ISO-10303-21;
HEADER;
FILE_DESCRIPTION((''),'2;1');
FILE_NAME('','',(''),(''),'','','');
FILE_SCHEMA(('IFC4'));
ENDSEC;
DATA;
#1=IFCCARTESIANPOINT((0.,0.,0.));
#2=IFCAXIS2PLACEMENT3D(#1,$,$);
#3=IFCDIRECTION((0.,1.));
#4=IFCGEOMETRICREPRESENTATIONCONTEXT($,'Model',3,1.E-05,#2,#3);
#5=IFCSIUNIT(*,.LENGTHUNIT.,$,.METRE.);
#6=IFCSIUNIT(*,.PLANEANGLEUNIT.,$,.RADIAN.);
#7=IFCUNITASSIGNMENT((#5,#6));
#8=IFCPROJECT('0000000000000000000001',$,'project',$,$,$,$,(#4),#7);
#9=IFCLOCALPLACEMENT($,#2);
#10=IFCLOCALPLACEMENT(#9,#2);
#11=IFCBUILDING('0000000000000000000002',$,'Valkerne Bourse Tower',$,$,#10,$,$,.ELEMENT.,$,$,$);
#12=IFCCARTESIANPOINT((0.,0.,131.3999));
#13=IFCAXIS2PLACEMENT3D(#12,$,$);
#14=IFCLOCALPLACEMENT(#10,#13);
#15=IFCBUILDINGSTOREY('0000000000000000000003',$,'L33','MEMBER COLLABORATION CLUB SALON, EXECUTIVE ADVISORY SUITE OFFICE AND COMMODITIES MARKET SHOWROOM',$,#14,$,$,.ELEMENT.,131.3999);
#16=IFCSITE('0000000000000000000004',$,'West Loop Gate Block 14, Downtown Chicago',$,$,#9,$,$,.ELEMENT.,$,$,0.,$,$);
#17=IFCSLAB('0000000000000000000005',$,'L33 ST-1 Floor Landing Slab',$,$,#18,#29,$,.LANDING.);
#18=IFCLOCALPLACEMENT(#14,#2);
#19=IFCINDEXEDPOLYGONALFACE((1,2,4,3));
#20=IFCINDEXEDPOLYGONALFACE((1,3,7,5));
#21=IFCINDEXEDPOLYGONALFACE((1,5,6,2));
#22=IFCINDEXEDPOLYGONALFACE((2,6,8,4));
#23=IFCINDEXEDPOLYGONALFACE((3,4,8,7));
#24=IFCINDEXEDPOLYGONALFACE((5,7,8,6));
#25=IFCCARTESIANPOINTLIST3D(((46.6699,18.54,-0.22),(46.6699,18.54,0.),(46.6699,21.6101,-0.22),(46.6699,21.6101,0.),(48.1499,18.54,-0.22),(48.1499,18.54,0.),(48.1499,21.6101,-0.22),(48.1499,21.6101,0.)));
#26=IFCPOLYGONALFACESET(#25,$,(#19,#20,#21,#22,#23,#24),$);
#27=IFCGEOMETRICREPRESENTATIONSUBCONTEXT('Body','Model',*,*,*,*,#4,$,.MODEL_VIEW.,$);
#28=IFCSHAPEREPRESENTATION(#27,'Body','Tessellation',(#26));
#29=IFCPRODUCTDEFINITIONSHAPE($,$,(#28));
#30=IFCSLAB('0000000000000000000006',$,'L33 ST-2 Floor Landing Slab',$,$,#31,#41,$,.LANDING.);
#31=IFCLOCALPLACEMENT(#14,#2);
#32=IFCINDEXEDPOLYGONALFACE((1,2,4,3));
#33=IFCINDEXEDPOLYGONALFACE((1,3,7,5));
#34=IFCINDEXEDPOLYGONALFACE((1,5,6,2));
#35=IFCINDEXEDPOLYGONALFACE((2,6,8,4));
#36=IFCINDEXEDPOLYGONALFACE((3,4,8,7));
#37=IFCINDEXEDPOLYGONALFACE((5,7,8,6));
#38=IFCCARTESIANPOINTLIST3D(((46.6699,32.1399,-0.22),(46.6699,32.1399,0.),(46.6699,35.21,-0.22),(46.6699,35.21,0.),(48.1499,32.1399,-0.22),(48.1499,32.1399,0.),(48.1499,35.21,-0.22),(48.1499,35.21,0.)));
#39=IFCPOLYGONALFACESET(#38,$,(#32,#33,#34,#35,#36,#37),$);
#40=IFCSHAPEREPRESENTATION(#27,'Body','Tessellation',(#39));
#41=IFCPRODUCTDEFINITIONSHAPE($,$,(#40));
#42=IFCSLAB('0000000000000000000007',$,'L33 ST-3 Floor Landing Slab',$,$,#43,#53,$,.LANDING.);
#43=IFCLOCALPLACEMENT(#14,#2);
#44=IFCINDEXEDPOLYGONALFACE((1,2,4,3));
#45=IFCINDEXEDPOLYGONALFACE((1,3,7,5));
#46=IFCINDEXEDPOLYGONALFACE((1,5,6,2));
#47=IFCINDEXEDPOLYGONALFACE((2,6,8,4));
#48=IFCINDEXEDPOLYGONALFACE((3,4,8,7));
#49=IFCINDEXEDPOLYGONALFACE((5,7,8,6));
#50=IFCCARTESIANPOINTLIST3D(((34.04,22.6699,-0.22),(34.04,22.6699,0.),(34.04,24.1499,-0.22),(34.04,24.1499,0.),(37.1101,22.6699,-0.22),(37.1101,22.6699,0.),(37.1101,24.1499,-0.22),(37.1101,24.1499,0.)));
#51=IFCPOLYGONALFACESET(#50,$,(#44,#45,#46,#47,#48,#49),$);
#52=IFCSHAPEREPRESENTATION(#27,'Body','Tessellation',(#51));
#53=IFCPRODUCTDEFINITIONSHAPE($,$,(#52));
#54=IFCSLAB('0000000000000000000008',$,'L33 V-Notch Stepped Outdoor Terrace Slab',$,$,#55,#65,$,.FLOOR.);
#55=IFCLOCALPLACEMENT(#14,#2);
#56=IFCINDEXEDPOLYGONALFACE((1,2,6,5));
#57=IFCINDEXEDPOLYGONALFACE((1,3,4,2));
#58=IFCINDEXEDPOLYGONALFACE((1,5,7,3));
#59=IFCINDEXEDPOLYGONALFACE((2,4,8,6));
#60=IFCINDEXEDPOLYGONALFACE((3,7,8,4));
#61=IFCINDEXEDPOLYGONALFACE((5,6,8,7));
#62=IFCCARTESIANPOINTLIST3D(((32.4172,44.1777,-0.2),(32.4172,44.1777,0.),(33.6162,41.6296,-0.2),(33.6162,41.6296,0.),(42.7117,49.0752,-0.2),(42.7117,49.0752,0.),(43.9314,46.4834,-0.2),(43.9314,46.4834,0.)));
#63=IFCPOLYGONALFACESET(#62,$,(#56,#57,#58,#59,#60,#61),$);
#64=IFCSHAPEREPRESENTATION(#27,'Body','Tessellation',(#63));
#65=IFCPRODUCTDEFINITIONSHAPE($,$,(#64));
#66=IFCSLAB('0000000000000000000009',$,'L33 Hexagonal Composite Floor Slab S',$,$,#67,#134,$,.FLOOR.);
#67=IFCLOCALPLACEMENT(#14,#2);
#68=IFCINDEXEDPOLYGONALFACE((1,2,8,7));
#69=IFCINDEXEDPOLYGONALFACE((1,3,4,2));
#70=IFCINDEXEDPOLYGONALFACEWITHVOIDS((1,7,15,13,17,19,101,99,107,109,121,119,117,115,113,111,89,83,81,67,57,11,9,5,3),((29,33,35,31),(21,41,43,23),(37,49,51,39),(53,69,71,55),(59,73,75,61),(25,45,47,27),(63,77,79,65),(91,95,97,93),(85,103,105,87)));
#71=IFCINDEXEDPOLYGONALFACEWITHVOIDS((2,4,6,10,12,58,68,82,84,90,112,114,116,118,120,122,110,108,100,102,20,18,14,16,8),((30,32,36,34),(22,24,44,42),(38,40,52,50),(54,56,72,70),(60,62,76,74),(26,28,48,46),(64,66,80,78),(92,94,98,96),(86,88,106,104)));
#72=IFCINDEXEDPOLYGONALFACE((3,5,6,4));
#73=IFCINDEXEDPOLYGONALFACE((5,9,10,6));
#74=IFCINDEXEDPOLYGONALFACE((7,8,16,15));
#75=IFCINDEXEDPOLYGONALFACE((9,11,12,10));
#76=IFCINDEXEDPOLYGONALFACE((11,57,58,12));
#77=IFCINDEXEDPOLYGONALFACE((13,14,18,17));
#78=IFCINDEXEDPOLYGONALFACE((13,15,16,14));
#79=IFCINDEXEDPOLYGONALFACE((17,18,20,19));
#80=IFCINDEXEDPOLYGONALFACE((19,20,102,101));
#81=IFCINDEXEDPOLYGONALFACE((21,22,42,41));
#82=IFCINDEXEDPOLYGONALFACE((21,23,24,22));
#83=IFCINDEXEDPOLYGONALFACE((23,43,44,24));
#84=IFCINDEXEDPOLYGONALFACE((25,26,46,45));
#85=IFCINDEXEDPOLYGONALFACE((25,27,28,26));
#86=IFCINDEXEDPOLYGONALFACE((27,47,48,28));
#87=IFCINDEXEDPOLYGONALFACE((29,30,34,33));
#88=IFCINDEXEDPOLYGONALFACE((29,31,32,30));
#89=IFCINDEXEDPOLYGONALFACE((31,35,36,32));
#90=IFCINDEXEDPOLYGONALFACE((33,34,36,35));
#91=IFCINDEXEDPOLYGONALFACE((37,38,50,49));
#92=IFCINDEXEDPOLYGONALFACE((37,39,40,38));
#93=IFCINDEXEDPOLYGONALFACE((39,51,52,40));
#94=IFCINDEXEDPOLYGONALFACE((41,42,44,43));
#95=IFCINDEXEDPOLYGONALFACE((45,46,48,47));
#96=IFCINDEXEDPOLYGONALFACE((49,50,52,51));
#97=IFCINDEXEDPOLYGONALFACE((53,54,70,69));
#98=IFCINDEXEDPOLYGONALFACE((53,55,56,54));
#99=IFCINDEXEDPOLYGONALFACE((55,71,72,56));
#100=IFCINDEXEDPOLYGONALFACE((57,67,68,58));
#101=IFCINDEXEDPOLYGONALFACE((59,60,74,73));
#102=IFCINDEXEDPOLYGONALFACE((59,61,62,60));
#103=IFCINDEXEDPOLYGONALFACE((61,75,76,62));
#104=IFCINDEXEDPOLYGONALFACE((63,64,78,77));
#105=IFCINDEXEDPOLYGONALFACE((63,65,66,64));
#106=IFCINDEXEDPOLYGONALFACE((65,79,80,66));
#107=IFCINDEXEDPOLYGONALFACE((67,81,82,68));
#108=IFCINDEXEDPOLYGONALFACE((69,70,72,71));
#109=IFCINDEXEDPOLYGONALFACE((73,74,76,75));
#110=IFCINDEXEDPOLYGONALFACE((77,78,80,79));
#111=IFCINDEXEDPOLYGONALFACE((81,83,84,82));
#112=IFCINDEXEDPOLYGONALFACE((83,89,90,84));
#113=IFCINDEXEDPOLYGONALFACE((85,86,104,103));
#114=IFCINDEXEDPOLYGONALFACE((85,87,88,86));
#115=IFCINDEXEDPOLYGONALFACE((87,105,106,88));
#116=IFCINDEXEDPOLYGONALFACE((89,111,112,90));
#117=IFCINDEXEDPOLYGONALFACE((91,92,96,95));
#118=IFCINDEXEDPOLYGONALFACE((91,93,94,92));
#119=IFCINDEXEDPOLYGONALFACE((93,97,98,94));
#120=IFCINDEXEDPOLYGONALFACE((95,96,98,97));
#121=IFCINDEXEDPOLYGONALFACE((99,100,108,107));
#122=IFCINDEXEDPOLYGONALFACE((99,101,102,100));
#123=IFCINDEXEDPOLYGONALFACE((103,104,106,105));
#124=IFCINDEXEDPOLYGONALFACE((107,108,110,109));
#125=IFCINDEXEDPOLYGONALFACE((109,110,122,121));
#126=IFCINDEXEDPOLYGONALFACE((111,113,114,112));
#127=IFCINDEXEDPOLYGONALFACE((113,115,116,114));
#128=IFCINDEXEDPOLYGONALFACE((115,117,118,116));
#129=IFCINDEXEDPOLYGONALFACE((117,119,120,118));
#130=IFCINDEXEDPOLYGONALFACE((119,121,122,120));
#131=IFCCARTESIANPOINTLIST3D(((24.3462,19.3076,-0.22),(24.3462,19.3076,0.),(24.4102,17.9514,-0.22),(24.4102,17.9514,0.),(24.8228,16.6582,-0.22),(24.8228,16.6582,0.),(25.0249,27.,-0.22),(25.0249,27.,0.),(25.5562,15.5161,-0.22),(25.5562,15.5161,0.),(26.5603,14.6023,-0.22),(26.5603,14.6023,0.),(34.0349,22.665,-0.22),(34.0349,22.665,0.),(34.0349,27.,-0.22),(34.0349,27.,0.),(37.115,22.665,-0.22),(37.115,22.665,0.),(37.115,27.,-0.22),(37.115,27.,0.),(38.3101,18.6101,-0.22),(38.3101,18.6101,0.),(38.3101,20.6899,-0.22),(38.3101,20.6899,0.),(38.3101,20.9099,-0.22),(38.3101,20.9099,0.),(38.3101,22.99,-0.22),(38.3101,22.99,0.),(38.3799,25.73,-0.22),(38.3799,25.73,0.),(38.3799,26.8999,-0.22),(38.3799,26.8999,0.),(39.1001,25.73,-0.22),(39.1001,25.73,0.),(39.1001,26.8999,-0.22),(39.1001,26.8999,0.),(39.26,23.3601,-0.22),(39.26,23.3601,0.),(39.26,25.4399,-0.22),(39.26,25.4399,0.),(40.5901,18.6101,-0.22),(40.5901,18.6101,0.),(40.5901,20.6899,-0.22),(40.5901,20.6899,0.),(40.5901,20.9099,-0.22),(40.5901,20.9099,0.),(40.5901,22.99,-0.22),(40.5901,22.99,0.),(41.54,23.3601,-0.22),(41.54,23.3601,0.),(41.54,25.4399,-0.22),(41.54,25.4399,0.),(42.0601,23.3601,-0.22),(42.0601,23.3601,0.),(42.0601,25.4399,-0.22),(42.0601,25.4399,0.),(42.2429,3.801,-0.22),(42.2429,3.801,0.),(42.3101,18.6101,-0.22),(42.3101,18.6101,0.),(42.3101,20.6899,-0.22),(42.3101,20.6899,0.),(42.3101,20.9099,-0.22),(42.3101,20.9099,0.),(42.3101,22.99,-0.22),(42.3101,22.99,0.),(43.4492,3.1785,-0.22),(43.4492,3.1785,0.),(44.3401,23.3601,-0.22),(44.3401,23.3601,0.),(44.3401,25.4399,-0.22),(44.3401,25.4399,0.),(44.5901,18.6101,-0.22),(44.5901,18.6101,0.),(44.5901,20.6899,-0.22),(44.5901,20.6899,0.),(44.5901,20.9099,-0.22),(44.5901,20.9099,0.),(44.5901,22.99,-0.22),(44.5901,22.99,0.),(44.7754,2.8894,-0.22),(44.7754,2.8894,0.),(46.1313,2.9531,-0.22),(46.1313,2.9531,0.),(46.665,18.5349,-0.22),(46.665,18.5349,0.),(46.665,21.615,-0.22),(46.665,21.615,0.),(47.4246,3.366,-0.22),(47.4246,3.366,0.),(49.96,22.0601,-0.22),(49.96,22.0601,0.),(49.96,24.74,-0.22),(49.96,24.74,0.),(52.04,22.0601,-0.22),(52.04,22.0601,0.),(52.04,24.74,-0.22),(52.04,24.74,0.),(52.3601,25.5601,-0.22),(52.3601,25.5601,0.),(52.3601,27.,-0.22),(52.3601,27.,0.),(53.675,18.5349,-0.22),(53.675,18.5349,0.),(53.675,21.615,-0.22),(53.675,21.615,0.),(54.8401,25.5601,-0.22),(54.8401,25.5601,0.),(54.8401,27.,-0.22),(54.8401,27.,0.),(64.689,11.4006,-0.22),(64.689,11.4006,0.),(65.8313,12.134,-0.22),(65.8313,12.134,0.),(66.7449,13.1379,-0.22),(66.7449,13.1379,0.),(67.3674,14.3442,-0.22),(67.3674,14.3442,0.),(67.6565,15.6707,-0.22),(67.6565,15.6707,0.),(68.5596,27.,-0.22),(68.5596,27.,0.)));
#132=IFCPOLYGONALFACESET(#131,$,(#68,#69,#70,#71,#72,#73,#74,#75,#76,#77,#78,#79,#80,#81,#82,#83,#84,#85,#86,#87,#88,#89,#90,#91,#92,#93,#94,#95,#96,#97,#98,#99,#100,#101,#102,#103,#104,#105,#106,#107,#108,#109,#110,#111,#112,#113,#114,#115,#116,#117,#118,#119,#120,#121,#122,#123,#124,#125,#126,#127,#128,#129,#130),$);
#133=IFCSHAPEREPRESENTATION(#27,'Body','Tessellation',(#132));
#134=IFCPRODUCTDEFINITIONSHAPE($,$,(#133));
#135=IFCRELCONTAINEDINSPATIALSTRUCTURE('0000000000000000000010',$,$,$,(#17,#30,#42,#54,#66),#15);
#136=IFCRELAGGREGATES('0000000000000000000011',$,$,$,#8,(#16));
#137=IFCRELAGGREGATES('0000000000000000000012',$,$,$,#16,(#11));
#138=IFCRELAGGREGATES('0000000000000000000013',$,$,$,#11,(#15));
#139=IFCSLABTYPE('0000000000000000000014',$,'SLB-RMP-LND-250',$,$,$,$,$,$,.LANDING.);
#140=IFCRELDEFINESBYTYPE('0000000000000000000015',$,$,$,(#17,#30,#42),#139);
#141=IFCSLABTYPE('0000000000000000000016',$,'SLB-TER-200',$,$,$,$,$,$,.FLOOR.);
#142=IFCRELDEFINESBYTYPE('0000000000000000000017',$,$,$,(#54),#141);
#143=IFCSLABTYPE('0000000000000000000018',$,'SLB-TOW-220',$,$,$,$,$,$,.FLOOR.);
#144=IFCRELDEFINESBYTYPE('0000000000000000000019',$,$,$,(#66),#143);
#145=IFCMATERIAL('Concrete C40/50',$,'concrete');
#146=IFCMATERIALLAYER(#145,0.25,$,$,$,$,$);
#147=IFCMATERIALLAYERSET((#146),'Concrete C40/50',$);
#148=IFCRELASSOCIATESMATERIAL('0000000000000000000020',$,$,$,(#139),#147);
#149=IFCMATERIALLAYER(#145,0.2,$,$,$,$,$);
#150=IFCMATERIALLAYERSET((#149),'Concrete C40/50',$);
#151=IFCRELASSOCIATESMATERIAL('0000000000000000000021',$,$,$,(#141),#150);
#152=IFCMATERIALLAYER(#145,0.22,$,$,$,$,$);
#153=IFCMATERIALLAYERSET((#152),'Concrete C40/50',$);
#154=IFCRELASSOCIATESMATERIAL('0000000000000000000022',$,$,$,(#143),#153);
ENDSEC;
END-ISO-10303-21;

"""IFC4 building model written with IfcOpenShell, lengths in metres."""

from ifc_helpers import new_model, si_unit, direction, frame, origin, place, context, subcontext, project, spatial, polyline, outline, extrude, material, layer, layer_set, type_object, element, save


model = new_model("IFC4")

# Units and contexts
model_context = context("Model", 3, precision=1e-05, world=origin(), true_north=direction((0.0, 1.0)))
body_context = subcontext(model_context, "Body", "Model", "MODEL_VIEW")
ifc_project = project(units=[si_unit("LENGTHUNIT", "METRE"), si_unit("PLANEANGLEUNIT", "RADIAN")], contexts=[model_context])

# Site, building, storey
site_placement = place(None, origin())
site = spatial("IfcSite", under=ifc_project, at=site_placement, Name="West Loop Gate Block 14, Downtown Chicago", CompositionType="ELEMENT", RefElevation=0.0)
building_placement = place(site_placement, origin())
building = spatial("IfcBuilding", under=site, at=building_placement, Name="Valkerne Bourse Tower", CompositionType="ELEMENT")
storey_placement = place(building_placement, frame((0.0, 0.0, 131.3999)))
storey = spatial("IfcBuildingStorey", under=building, at=storey_placement, Name="L33", Description="MEMBER COLLABORATION CLUB SALON, EXECUTIVE ADVISORY SUITE OFFICE AND COMMODITIES MARKET SHOWROOM", CompositionType="ELEMENT", Elevation=131.3999)

# Slabs
ifc_material_1 = material(Name="Concrete C40/50", Category="concrete")
ifc_layer_1 = layer(ifc_material_1, 0.25)
ifc_layer_set_1 = layer_set([ifc_layer_1], Name="Concrete C40/50")
slab_type_1 = type_object("IfcSlabType", Name="SLB-RMP-LND-250", PredefinedType="LANDING", material=ifc_layer_set_1)
slab_1_placement = place(storey_placement, frame((0.0, 0.0, -0.22)))
element("IfcSlab", 1, at=slab_1_placement, inside=storey, type_object=slab_type_1, Name="L33 ST-1 Floor Landing Slab", PredefinedType="LANDING", context=body_context, shape_type="SweptSolid", body=[
    extrude(outline(polyline([(46.6699, 18.54), (48.1499, 18.54), (48.1499, 21.6101), (46.6699, 21.6101), (46.6699, 18.54)])), origin(), (0.0, 0.0, 1.0), 0.22),
])
slab_2_placement = place(storey_placement, frame((0.0, 0.0, -0.22)))
element("IfcSlab", 2, at=slab_2_placement, inside=storey, type_object=slab_type_1, Name="L33 ST-2 Floor Landing Slab", PredefinedType="LANDING", context=body_context, shape_type="SweptSolid", body=[
    extrude(outline(polyline([(46.6699, 32.1399), (48.1499, 32.1399), (48.1499, 35.21), (46.6699, 35.21), (46.6699, 32.1399)])), origin(), (0.0, 0.0, 1.0), 0.22),
])
slab_3_placement = place(storey_placement, frame((0.0, 0.0, -0.22)))
element("IfcSlab", 3, at=slab_3_placement, inside=storey, type_object=slab_type_1, Name="L33 ST-3 Floor Landing Slab", PredefinedType="LANDING", context=body_context, shape_type="SweptSolid", body=[
    extrude(outline(polyline([(37.1101, 22.6699), (37.1101, 24.1499), (34.04, 24.1499), (34.04, 22.6699), (37.1101, 22.6699)])), origin(), (0.0, 0.0, 1.0), 0.22),
])
ifc_layer_2 = layer(ifc_material_1, 0.2)
ifc_layer_set_2 = layer_set([ifc_layer_2], Name="Concrete C40/50")
slab_type_2 = type_object("IfcSlabType", Name="SLB-TER-200", PredefinedType="FLOOR", material=ifc_layer_set_2)
slab_4_placement = place(storey_placement, frame((0.0, 0.0, -0.2)))
element("IfcSlab", 4, at=slab_4_placement, inside=storey, type_object=slab_type_2, Name="L33 V-Notch Stepped Outdoor Terrace Slab", PredefinedType="FLOOR", context=body_context, shape_type="SweptSolid", body=[
    extrude(outline(polyline([(42.7117, 49.0752), (43.9314, 46.4834), (33.6162, 41.6296), (32.4172, 44.1777), (42.7117, 49.0752)])), origin(), (0.0, 0.0, 1.0), 0.2),
])
ifc_layer_3 = layer(ifc_material_1, 0.22)
ifc_layer_set_3 = layer_set([ifc_layer_3], Name="Concrete C40/50")
slab_type_3 = type_object("IfcSlabType", Name="SLB-TOW-220", PredefinedType="FLOOR", material=ifc_layer_set_3)
slab_5_placement = place(storey_placement, frame((0.0, 0.0, -0.22)))
element("IfcSlab", 5, at=slab_5_placement, inside=storey, type_object=slab_type_3, Name="L33 Hexagonal Composite Floor Slab S", PredefinedType="FLOOR", context=body_context, shape_type="SweptSolid", body=[
    extrude(outline(polyline([(67.6565, 15.6707), (67.3674, 14.3442), (66.7449, 13.1379), (65.8313, 12.134), (64.689, 11.4006), (47.4246, 3.366), (46.1313, 2.9531), (44.7754, 2.8894), (43.4492, 3.1785), (42.2429, 3.801), (26.5603, 14.6023), (25.5562, 15.5161), (24.8228, 16.6582), (24.4102, 17.9514), (24.3462, 19.3076), (25.0249, 27.0), (34.0349, 27.0), (34.0349, 22.665), (37.115, 22.665), (37.115, 27.0), (52.3601, 27.0), (52.3601, 25.5601), (54.8401, 25.5601), (54.8401, 27.0), (68.5596, 27.0), (67.6565, 15.6707)]), holes=[polyline([(40.5901, 20.6899), (38.3101, 20.6899), (38.3101, 18.6101), (40.5901, 18.6101), (40.5901, 20.6899)]), polyline([(40.5901, 22.99), (38.3101, 22.99), (38.3101, 20.9099), (40.5901, 20.9099), (40.5901, 22.99)]), polyline([(41.54, 25.4399), (39.26, 25.4399), (39.26, 23.3601), (41.54, 23.3601), (41.54, 25.4399)]), polyline([(39.1001, 25.73), (39.1001, 26.8999), (38.3799, 26.8999), (38.3799, 25.73), (39.1001, 25.73)]), polyline([(44.5901, 20.6899), (42.3101, 20.6899), (42.3101, 18.6101), (44.5901, 18.6101), (44.5901, 20.6899)]), polyline([(53.675, 21.615), (46.665, 21.615), (46.665, 18.5349), (53.675, 18.5349), (53.675, 21.615)]), polyline([(44.5901, 22.99), (42.3101, 22.99), (42.3101, 20.9099), (44.5901, 20.9099), (44.5901, 22.99)]), polyline([(52.04, 22.0601), (52.04, 24.74), (49.96, 24.74), (49.96, 22.0601), (52.04, 22.0601)]), polyline([(44.3401, 23.3601), (44.3401, 25.4399), (42.0601, 25.4399), (42.0601, 23.3601), (44.3401, 23.3601)])]), origin(), (0.0, 0.0, 1.0), 0.22),
])

save(model, "model.ifc")
